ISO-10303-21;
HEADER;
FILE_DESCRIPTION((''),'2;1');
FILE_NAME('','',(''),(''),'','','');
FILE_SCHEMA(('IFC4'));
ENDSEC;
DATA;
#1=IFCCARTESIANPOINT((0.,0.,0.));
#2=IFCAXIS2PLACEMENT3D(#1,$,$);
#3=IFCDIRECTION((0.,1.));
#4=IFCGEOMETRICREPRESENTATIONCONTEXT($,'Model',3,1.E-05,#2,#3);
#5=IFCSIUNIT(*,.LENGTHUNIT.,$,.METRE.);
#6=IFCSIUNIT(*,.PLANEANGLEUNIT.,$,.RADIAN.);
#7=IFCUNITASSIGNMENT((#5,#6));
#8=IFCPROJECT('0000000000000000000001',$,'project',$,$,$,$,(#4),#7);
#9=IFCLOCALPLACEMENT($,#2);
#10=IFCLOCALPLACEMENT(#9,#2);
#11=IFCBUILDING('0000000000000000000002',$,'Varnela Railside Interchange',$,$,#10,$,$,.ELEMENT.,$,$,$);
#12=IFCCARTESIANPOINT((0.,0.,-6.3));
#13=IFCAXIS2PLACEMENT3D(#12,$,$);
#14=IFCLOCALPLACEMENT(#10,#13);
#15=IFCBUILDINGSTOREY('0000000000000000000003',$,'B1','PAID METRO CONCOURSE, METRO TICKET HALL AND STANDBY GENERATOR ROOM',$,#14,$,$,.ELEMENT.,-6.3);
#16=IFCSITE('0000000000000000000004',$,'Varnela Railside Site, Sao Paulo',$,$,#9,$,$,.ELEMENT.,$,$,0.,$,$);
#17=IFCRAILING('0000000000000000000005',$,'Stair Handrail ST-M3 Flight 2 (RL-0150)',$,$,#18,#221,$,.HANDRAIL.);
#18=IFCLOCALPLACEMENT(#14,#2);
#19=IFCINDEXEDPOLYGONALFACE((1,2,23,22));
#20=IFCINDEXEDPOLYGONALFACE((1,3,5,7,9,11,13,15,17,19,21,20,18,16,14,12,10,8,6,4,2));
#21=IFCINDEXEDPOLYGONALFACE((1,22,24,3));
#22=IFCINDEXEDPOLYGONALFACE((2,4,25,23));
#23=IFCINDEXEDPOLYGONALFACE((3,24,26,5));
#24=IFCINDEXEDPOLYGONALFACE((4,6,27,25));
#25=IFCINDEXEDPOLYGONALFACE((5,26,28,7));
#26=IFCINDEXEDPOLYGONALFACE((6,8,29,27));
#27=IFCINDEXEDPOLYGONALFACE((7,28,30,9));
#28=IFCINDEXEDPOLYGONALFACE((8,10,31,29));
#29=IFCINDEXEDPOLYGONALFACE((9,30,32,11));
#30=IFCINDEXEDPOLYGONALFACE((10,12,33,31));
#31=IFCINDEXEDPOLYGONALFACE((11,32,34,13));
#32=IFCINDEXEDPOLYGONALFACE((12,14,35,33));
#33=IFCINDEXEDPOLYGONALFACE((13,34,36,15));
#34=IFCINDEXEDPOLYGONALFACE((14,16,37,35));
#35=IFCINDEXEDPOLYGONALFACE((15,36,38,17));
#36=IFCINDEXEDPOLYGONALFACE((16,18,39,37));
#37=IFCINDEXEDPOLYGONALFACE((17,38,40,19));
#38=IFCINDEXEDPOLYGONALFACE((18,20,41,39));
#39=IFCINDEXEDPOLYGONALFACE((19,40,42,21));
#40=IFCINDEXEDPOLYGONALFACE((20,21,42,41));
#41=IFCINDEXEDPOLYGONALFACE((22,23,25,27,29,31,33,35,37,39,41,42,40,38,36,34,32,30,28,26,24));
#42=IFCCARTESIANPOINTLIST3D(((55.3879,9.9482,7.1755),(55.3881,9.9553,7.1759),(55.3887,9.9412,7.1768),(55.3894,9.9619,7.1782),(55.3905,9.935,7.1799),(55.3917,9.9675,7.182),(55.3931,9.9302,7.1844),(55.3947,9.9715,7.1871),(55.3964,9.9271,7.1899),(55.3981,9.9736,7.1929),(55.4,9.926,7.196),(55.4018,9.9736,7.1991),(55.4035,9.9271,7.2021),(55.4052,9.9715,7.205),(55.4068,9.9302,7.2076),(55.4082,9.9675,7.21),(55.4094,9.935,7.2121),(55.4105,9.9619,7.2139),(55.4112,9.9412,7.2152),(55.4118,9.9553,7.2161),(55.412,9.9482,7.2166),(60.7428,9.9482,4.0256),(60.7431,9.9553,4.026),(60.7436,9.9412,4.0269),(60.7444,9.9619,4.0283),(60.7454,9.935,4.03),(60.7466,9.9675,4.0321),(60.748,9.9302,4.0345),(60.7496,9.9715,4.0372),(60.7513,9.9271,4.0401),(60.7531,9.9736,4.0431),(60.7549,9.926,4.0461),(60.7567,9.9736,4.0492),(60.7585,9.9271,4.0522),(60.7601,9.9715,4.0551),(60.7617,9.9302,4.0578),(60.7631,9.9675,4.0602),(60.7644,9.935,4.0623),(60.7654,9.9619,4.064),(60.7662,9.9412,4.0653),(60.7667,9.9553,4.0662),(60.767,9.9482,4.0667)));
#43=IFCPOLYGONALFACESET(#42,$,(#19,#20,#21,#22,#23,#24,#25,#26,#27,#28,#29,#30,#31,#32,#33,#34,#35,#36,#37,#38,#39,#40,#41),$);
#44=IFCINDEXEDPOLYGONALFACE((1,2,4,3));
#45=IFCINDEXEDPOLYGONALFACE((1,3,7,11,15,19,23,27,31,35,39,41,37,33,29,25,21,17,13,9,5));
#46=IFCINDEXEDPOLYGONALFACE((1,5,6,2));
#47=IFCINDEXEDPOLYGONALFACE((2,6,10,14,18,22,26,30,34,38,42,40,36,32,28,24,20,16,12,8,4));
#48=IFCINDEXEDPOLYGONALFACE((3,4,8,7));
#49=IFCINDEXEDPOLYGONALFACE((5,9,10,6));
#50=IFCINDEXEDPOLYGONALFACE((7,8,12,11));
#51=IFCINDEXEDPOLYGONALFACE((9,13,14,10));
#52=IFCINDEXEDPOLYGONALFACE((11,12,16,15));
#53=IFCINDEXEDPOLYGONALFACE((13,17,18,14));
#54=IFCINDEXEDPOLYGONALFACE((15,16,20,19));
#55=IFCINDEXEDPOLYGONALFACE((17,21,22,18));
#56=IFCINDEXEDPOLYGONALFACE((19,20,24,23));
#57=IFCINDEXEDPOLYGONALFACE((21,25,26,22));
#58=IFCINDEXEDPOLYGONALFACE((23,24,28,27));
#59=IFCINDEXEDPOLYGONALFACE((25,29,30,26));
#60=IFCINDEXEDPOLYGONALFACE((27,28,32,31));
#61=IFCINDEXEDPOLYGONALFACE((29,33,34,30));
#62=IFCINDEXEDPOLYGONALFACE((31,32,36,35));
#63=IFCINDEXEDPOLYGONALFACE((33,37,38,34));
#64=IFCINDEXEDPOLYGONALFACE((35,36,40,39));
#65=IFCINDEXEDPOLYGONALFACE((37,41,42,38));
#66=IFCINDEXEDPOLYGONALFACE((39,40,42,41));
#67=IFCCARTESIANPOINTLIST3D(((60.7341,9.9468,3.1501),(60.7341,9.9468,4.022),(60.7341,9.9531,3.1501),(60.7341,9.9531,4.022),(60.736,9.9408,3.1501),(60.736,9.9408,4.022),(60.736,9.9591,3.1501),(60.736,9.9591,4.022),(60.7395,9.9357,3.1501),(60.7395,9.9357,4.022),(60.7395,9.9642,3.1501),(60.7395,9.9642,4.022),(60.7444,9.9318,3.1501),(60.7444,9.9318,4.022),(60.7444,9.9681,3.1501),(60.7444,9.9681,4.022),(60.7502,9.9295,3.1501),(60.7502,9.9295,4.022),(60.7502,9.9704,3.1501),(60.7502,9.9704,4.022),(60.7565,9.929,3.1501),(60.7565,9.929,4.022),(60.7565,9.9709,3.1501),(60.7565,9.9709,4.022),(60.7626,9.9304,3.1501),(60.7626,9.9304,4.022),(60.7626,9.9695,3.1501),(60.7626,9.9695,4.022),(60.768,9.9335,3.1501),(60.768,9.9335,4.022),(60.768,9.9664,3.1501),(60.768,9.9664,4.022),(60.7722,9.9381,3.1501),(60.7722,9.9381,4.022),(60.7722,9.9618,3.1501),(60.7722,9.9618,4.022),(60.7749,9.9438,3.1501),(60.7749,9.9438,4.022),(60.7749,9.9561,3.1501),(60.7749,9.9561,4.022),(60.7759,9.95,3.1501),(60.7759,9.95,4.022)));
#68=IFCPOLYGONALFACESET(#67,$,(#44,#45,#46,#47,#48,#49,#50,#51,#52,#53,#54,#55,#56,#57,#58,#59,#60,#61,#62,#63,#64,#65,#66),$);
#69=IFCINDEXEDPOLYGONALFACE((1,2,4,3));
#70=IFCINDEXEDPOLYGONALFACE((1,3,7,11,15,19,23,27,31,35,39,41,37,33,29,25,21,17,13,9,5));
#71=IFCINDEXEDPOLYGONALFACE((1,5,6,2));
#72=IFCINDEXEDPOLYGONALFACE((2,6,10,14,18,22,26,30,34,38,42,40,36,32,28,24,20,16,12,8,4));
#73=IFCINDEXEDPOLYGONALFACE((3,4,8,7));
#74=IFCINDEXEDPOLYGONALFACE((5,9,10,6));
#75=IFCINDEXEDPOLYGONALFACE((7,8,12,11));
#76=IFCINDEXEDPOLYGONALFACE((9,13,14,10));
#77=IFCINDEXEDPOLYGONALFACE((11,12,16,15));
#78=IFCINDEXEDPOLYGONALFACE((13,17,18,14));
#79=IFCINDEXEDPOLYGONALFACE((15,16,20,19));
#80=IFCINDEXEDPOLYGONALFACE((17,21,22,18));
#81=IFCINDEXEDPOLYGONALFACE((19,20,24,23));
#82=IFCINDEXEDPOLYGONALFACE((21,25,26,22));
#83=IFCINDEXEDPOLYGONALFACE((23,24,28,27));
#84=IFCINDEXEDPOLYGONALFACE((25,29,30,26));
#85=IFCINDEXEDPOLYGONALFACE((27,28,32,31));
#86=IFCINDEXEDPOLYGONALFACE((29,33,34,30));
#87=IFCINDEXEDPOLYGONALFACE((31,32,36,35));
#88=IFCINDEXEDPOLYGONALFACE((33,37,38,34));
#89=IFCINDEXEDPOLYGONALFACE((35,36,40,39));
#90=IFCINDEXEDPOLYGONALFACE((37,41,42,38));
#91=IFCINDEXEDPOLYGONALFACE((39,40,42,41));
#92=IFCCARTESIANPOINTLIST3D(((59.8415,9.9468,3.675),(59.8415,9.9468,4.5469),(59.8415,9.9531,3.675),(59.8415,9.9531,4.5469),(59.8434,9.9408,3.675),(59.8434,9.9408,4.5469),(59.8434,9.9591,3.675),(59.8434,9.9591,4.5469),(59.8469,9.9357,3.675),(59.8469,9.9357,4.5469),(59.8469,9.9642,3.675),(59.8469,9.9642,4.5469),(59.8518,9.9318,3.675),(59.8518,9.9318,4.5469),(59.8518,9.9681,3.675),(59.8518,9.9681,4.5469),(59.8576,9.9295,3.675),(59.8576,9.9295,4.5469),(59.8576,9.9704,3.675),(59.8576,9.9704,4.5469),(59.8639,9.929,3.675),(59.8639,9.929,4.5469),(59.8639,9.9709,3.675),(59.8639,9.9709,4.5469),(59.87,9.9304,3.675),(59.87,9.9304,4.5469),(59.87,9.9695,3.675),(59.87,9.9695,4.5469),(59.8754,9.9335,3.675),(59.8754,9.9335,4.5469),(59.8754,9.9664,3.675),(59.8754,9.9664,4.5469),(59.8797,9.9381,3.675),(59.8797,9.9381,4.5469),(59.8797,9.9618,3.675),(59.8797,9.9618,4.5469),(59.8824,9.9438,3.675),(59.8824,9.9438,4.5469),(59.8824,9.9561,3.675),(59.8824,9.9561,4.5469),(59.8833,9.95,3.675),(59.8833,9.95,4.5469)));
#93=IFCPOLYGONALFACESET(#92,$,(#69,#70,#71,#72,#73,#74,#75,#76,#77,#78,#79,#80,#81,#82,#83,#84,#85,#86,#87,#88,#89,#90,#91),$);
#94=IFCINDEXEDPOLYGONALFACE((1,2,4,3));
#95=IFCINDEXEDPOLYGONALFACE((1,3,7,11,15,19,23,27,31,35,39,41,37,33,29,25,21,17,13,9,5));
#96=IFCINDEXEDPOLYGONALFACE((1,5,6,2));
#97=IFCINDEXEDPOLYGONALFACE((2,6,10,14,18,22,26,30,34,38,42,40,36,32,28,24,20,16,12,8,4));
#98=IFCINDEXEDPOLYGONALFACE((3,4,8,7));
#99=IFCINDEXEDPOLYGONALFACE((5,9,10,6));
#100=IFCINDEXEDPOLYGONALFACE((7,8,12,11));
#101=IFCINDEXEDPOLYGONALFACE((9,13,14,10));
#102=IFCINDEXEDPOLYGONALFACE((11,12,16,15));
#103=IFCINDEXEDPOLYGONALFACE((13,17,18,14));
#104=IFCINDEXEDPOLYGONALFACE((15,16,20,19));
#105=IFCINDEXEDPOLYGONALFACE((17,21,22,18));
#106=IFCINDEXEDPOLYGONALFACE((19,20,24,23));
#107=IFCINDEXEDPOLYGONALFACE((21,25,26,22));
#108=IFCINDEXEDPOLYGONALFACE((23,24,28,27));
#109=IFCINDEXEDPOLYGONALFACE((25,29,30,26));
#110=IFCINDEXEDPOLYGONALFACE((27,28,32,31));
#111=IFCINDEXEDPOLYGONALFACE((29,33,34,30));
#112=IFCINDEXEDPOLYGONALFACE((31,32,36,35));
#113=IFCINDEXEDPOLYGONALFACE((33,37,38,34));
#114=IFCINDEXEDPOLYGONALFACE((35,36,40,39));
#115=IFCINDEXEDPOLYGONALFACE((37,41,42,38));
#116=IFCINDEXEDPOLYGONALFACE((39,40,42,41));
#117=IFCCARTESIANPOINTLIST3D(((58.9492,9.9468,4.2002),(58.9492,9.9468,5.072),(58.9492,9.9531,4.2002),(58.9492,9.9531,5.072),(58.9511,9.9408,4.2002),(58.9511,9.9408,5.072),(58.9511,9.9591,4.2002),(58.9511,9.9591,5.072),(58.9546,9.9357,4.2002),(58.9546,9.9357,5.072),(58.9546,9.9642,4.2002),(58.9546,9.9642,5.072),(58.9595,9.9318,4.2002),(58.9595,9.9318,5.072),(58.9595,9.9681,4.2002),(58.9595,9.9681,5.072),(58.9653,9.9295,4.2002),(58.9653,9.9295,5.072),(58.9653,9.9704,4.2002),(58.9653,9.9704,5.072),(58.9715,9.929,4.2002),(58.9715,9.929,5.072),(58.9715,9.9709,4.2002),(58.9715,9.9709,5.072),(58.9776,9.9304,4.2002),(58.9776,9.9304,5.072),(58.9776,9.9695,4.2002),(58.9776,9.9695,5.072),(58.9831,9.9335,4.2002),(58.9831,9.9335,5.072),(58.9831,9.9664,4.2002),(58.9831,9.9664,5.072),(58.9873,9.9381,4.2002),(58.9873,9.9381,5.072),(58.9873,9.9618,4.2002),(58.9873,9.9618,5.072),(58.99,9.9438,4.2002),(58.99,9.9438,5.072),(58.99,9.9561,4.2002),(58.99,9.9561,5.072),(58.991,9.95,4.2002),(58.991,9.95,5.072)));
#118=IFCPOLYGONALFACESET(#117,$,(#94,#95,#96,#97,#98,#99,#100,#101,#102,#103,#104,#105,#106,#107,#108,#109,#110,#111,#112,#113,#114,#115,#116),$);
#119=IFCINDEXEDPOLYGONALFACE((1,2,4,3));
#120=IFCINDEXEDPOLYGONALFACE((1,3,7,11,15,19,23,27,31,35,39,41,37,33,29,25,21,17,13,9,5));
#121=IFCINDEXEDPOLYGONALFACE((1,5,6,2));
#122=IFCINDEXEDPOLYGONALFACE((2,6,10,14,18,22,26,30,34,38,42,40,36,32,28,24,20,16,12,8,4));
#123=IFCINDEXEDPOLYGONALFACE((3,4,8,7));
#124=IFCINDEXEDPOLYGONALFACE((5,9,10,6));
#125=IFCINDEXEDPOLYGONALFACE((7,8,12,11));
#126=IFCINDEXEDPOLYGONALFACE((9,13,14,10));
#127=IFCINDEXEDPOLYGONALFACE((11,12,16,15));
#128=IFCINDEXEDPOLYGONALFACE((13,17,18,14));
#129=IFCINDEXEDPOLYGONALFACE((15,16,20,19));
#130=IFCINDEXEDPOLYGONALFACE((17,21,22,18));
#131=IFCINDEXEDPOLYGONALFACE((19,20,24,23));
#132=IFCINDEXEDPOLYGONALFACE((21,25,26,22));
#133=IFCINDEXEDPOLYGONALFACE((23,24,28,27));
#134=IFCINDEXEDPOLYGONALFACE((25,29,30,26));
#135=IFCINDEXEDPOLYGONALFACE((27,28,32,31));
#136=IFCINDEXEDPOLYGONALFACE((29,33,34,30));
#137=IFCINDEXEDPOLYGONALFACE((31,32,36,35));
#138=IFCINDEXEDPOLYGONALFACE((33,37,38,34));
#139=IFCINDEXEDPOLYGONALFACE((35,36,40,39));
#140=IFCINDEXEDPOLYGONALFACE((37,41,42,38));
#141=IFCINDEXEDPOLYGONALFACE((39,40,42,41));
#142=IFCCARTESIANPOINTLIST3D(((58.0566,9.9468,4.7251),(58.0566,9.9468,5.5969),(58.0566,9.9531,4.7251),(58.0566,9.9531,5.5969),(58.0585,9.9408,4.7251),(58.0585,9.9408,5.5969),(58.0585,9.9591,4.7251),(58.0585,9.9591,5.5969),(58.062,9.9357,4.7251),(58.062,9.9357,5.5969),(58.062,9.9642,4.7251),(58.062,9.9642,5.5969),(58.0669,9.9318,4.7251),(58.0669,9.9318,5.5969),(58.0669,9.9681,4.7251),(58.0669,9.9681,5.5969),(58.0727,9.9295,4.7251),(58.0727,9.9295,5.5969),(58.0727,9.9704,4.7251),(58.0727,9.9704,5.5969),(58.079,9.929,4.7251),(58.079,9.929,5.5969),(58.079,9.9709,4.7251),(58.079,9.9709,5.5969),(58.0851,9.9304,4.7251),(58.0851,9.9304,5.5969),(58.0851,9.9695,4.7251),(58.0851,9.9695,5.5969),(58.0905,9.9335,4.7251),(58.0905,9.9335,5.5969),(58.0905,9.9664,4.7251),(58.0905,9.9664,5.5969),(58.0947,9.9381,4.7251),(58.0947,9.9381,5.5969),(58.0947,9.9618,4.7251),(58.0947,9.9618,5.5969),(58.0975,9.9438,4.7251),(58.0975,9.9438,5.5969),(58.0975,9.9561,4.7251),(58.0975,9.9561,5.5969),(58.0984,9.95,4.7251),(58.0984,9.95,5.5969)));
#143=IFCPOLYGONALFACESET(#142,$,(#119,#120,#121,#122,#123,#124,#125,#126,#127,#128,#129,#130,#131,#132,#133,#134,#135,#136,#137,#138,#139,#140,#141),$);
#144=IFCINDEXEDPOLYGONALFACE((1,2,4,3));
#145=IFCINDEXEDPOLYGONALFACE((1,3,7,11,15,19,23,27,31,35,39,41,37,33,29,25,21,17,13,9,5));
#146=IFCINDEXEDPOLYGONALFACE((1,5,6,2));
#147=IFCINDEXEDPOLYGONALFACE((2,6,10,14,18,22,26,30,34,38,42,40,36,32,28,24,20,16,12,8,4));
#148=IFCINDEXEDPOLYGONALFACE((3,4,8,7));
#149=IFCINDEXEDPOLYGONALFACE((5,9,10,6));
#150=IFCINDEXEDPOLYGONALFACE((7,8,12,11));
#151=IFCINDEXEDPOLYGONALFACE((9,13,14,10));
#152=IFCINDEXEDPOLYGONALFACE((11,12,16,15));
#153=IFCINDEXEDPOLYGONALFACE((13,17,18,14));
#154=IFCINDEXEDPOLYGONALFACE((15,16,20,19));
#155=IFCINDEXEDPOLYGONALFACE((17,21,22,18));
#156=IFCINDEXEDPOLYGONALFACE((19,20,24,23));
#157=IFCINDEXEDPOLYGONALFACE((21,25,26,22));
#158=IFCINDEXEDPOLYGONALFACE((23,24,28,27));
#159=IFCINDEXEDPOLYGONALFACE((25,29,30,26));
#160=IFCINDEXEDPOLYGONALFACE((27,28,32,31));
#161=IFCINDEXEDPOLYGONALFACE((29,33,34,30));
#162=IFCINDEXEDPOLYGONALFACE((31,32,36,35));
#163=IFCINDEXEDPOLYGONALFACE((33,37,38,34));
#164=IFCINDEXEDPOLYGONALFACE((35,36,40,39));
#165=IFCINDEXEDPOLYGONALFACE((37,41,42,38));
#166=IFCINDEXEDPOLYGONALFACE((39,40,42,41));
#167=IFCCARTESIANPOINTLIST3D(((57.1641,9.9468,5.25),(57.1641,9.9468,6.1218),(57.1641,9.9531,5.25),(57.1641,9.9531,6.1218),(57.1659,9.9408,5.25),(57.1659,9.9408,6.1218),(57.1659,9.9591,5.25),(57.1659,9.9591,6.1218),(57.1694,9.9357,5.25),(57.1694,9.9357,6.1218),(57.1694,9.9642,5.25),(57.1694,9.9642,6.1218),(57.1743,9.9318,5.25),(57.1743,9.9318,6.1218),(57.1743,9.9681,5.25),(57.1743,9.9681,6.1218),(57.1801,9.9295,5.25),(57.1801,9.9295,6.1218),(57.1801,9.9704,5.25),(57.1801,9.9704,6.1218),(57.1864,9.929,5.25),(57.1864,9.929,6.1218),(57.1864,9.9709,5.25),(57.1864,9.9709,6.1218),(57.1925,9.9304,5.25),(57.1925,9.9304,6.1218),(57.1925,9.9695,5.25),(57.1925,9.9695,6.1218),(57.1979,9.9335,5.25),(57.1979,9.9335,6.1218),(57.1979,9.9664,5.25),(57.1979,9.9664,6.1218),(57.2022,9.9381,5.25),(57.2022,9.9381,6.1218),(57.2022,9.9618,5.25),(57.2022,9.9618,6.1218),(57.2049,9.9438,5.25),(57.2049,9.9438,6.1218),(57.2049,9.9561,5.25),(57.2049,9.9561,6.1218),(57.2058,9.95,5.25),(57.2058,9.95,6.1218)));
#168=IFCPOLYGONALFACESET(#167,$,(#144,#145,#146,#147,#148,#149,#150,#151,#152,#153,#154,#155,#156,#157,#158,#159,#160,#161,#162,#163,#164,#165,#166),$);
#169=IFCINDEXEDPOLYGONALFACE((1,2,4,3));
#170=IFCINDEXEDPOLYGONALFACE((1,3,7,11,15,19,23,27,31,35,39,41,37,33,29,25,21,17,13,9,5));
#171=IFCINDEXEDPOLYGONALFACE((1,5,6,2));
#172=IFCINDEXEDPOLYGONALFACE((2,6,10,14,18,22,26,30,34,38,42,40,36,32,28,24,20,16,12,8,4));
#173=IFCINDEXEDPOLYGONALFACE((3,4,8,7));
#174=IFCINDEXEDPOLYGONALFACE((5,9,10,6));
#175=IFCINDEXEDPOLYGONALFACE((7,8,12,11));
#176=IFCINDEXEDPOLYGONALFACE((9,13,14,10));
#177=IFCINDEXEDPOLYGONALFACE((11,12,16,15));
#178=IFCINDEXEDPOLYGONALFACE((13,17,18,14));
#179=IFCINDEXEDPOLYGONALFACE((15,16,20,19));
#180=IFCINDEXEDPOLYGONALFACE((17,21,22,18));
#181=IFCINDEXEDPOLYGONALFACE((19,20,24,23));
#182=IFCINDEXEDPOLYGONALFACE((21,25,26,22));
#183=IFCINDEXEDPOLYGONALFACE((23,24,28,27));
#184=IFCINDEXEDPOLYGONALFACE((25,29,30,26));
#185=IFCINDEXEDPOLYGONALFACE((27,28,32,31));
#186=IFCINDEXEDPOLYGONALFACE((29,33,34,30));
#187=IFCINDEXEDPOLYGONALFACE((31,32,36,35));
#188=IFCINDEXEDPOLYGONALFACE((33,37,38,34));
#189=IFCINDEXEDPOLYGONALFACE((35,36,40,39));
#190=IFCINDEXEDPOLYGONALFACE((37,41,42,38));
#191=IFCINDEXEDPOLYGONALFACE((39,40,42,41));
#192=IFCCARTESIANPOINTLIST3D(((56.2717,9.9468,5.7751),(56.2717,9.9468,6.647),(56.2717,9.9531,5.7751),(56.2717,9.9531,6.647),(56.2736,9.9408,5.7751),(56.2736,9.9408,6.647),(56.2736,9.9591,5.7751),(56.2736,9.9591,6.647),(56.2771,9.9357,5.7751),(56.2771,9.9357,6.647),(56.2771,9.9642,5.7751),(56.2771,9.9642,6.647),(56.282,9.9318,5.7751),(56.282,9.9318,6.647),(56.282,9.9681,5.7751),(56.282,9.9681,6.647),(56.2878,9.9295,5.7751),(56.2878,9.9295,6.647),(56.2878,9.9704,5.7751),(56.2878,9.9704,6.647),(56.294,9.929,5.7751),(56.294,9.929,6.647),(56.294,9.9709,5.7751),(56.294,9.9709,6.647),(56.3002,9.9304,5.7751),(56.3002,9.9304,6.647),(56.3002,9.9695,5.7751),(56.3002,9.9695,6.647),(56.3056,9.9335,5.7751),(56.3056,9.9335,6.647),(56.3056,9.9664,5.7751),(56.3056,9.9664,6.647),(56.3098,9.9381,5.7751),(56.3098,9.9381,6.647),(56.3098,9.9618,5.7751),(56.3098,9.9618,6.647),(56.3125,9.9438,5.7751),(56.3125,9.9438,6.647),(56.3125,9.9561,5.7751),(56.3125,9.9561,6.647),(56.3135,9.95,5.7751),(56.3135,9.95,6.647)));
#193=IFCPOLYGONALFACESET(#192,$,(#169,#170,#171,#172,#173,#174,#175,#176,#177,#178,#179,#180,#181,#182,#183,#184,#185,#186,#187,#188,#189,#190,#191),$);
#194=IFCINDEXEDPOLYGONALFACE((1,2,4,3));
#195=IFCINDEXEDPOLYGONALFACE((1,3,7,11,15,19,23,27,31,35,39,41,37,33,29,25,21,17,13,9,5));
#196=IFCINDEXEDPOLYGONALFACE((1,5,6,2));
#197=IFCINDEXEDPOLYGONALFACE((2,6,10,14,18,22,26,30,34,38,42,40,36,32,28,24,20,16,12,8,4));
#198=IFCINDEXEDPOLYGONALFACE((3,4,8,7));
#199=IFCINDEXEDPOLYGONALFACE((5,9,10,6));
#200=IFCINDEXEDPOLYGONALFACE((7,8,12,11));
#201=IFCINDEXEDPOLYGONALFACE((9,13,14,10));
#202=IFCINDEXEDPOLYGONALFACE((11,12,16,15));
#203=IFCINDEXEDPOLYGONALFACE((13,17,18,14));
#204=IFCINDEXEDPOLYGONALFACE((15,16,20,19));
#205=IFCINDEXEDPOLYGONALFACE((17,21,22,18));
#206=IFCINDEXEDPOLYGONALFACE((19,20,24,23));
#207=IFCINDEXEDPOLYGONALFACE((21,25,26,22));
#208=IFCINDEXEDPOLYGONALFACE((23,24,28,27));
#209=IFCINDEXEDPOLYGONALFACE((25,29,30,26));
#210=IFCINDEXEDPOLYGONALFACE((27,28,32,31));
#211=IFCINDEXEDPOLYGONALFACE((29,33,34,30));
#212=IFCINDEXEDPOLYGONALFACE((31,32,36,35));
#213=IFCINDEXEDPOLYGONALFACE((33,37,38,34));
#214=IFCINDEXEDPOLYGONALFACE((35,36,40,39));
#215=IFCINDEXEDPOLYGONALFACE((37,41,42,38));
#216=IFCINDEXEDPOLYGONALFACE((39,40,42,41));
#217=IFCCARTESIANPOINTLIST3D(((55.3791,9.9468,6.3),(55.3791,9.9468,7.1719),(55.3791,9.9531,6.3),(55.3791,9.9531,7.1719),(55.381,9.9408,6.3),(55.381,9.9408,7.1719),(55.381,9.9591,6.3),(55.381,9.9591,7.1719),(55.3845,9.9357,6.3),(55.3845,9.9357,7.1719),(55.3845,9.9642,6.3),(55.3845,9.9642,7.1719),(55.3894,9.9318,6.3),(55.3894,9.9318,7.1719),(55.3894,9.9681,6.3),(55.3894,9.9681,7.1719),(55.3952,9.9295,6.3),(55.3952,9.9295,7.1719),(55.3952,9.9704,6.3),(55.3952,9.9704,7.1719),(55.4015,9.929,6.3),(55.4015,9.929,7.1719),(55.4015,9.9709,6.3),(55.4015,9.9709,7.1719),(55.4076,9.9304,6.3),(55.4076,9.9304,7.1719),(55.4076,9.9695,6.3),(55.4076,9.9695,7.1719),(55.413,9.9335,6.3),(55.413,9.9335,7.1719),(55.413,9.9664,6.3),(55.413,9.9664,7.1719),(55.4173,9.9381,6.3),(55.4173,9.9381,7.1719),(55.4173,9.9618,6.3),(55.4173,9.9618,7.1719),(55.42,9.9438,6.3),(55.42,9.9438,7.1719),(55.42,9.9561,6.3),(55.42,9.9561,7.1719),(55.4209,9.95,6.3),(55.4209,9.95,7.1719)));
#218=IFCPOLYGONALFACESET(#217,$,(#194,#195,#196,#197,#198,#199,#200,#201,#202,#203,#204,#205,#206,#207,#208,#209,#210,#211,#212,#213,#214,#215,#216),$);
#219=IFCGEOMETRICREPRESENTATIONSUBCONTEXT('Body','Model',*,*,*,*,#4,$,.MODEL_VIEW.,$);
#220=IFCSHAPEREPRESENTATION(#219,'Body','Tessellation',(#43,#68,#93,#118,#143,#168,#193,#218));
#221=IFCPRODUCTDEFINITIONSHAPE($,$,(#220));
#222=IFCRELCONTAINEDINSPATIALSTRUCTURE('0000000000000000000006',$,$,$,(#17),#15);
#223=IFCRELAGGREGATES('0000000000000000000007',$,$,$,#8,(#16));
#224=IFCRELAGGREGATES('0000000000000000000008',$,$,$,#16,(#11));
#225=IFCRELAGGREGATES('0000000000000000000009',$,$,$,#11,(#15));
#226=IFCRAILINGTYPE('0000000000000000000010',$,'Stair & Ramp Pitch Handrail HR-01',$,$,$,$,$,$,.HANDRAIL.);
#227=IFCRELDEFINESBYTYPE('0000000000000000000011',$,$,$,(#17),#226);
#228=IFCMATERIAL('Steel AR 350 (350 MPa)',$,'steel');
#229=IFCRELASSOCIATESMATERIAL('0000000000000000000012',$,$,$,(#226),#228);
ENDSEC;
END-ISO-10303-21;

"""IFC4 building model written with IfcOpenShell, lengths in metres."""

from ifc_helpers import new_model, si_unit, direction, frame, origin, origin_2d, place, context, subcontext, project, spatial, circle, extrude, material, type_object, element, save


model = new_model("IFC4")

# Units and contexts
model_context = context("Model", 3, precision=1e-05, world=origin(), true_north=direction((0.0, 1.0)))
body_context = subcontext(model_context, "Body", "Model", "MODEL_VIEW")
ifc_project = project(units=[si_unit("LENGTHUNIT", "METRE"), si_unit("PLANEANGLEUNIT", "RADIAN")], contexts=[model_context])

# Site, building, storey
site_placement = place(None, origin())
site = spatial("IfcSite", under=ifc_project, at=site_placement, Name="Varnela Railside Site, Sao Paulo", CompositionType="ELEMENT", RefElevation=0.0)
building_placement = place(site_placement, origin())
building = spatial("IfcBuilding", under=site, at=building_placement, Name="Varnela Railside Interchange", CompositionType="ELEMENT")
storey_placement = place(building_placement, frame((0.0, 0.0, -6.3)))
storey = spatial("IfcBuildingStorey", under=building, at=storey_placement, Name="B1", Description="PAID METRO CONCOURSE, METRO TICKET HALL AND STANDBY GENERATOR ROOM", CompositionType="ELEMENT", Elevation=-6.3)

# Railing
ifc_material_1 = material(Name="Steel AR 350 (350 MPa)", Category="steel")
railing_type_1 = type_object("IfcRailingType", Name="Stair & Ramp Pitch Handrail HR-01", PredefinedType="HANDRAIL", material=ifc_material_1)
railing_1_placement = place(storey_placement, frame((60.7549, 9.95, 3.1501)))
element("IfcRailing", 1, at=railing_1_placement, inside=storey, type_object=railing_type_1, Name="Stair Handrail ST-M3 Flight 2 (RL-0150)", PredefinedType="HANDRAIL", context=body_context, shape_type="SweptSolid", body=[
    extrude(circle(Radius=0.0239, at=origin_2d()), frame((0.0, 0.0, 0.896), z_axis=(-0.86194, 0.0, 0.50701), x_axis=(0.0, -1.0, 0.0)), (0.0, 0.0, 1.0), 6.2126),
    extrude(circle(Radius=0.021, at=origin_2d()), origin(), (0.0, 0.0, 1.0), 0.8718),
    extrude(circle(Radius=0.021, at=origin_2d()), frame((-0.8926, 0.0, 0.5249)), (0.0, 0.0, 1.0), 0.8718),
    extrude(circle(Radius=0.021, at=origin_2d()), frame((-1.7849, 0.0, 1.05)), (0.0, 0.0, 1.0), 0.8718),
    extrude(circle(Radius=0.021, at=origin_2d()), frame((-2.6775, 0.0, 1.575)), (0.0, 0.0, 1.0), 0.8718),
    extrude(circle(Radius=0.021, at=origin_2d()), frame((-3.5701, 0.0, 2.0999)), (0.0, 0.0, 1.0), 0.8718),
    extrude(circle(Radius=0.021, at=origin_2d()), frame((-4.4624, 0.0, 2.625)), (0.0, 0.0, 1.0), 0.8718),
    extrude(circle(Radius=0.021, at=origin_2d()), frame((-5.355, 0.0, 3.1499)), (0.0, 0.0, 1.0), 0.8718),
])

save(model, "model.ifc")
